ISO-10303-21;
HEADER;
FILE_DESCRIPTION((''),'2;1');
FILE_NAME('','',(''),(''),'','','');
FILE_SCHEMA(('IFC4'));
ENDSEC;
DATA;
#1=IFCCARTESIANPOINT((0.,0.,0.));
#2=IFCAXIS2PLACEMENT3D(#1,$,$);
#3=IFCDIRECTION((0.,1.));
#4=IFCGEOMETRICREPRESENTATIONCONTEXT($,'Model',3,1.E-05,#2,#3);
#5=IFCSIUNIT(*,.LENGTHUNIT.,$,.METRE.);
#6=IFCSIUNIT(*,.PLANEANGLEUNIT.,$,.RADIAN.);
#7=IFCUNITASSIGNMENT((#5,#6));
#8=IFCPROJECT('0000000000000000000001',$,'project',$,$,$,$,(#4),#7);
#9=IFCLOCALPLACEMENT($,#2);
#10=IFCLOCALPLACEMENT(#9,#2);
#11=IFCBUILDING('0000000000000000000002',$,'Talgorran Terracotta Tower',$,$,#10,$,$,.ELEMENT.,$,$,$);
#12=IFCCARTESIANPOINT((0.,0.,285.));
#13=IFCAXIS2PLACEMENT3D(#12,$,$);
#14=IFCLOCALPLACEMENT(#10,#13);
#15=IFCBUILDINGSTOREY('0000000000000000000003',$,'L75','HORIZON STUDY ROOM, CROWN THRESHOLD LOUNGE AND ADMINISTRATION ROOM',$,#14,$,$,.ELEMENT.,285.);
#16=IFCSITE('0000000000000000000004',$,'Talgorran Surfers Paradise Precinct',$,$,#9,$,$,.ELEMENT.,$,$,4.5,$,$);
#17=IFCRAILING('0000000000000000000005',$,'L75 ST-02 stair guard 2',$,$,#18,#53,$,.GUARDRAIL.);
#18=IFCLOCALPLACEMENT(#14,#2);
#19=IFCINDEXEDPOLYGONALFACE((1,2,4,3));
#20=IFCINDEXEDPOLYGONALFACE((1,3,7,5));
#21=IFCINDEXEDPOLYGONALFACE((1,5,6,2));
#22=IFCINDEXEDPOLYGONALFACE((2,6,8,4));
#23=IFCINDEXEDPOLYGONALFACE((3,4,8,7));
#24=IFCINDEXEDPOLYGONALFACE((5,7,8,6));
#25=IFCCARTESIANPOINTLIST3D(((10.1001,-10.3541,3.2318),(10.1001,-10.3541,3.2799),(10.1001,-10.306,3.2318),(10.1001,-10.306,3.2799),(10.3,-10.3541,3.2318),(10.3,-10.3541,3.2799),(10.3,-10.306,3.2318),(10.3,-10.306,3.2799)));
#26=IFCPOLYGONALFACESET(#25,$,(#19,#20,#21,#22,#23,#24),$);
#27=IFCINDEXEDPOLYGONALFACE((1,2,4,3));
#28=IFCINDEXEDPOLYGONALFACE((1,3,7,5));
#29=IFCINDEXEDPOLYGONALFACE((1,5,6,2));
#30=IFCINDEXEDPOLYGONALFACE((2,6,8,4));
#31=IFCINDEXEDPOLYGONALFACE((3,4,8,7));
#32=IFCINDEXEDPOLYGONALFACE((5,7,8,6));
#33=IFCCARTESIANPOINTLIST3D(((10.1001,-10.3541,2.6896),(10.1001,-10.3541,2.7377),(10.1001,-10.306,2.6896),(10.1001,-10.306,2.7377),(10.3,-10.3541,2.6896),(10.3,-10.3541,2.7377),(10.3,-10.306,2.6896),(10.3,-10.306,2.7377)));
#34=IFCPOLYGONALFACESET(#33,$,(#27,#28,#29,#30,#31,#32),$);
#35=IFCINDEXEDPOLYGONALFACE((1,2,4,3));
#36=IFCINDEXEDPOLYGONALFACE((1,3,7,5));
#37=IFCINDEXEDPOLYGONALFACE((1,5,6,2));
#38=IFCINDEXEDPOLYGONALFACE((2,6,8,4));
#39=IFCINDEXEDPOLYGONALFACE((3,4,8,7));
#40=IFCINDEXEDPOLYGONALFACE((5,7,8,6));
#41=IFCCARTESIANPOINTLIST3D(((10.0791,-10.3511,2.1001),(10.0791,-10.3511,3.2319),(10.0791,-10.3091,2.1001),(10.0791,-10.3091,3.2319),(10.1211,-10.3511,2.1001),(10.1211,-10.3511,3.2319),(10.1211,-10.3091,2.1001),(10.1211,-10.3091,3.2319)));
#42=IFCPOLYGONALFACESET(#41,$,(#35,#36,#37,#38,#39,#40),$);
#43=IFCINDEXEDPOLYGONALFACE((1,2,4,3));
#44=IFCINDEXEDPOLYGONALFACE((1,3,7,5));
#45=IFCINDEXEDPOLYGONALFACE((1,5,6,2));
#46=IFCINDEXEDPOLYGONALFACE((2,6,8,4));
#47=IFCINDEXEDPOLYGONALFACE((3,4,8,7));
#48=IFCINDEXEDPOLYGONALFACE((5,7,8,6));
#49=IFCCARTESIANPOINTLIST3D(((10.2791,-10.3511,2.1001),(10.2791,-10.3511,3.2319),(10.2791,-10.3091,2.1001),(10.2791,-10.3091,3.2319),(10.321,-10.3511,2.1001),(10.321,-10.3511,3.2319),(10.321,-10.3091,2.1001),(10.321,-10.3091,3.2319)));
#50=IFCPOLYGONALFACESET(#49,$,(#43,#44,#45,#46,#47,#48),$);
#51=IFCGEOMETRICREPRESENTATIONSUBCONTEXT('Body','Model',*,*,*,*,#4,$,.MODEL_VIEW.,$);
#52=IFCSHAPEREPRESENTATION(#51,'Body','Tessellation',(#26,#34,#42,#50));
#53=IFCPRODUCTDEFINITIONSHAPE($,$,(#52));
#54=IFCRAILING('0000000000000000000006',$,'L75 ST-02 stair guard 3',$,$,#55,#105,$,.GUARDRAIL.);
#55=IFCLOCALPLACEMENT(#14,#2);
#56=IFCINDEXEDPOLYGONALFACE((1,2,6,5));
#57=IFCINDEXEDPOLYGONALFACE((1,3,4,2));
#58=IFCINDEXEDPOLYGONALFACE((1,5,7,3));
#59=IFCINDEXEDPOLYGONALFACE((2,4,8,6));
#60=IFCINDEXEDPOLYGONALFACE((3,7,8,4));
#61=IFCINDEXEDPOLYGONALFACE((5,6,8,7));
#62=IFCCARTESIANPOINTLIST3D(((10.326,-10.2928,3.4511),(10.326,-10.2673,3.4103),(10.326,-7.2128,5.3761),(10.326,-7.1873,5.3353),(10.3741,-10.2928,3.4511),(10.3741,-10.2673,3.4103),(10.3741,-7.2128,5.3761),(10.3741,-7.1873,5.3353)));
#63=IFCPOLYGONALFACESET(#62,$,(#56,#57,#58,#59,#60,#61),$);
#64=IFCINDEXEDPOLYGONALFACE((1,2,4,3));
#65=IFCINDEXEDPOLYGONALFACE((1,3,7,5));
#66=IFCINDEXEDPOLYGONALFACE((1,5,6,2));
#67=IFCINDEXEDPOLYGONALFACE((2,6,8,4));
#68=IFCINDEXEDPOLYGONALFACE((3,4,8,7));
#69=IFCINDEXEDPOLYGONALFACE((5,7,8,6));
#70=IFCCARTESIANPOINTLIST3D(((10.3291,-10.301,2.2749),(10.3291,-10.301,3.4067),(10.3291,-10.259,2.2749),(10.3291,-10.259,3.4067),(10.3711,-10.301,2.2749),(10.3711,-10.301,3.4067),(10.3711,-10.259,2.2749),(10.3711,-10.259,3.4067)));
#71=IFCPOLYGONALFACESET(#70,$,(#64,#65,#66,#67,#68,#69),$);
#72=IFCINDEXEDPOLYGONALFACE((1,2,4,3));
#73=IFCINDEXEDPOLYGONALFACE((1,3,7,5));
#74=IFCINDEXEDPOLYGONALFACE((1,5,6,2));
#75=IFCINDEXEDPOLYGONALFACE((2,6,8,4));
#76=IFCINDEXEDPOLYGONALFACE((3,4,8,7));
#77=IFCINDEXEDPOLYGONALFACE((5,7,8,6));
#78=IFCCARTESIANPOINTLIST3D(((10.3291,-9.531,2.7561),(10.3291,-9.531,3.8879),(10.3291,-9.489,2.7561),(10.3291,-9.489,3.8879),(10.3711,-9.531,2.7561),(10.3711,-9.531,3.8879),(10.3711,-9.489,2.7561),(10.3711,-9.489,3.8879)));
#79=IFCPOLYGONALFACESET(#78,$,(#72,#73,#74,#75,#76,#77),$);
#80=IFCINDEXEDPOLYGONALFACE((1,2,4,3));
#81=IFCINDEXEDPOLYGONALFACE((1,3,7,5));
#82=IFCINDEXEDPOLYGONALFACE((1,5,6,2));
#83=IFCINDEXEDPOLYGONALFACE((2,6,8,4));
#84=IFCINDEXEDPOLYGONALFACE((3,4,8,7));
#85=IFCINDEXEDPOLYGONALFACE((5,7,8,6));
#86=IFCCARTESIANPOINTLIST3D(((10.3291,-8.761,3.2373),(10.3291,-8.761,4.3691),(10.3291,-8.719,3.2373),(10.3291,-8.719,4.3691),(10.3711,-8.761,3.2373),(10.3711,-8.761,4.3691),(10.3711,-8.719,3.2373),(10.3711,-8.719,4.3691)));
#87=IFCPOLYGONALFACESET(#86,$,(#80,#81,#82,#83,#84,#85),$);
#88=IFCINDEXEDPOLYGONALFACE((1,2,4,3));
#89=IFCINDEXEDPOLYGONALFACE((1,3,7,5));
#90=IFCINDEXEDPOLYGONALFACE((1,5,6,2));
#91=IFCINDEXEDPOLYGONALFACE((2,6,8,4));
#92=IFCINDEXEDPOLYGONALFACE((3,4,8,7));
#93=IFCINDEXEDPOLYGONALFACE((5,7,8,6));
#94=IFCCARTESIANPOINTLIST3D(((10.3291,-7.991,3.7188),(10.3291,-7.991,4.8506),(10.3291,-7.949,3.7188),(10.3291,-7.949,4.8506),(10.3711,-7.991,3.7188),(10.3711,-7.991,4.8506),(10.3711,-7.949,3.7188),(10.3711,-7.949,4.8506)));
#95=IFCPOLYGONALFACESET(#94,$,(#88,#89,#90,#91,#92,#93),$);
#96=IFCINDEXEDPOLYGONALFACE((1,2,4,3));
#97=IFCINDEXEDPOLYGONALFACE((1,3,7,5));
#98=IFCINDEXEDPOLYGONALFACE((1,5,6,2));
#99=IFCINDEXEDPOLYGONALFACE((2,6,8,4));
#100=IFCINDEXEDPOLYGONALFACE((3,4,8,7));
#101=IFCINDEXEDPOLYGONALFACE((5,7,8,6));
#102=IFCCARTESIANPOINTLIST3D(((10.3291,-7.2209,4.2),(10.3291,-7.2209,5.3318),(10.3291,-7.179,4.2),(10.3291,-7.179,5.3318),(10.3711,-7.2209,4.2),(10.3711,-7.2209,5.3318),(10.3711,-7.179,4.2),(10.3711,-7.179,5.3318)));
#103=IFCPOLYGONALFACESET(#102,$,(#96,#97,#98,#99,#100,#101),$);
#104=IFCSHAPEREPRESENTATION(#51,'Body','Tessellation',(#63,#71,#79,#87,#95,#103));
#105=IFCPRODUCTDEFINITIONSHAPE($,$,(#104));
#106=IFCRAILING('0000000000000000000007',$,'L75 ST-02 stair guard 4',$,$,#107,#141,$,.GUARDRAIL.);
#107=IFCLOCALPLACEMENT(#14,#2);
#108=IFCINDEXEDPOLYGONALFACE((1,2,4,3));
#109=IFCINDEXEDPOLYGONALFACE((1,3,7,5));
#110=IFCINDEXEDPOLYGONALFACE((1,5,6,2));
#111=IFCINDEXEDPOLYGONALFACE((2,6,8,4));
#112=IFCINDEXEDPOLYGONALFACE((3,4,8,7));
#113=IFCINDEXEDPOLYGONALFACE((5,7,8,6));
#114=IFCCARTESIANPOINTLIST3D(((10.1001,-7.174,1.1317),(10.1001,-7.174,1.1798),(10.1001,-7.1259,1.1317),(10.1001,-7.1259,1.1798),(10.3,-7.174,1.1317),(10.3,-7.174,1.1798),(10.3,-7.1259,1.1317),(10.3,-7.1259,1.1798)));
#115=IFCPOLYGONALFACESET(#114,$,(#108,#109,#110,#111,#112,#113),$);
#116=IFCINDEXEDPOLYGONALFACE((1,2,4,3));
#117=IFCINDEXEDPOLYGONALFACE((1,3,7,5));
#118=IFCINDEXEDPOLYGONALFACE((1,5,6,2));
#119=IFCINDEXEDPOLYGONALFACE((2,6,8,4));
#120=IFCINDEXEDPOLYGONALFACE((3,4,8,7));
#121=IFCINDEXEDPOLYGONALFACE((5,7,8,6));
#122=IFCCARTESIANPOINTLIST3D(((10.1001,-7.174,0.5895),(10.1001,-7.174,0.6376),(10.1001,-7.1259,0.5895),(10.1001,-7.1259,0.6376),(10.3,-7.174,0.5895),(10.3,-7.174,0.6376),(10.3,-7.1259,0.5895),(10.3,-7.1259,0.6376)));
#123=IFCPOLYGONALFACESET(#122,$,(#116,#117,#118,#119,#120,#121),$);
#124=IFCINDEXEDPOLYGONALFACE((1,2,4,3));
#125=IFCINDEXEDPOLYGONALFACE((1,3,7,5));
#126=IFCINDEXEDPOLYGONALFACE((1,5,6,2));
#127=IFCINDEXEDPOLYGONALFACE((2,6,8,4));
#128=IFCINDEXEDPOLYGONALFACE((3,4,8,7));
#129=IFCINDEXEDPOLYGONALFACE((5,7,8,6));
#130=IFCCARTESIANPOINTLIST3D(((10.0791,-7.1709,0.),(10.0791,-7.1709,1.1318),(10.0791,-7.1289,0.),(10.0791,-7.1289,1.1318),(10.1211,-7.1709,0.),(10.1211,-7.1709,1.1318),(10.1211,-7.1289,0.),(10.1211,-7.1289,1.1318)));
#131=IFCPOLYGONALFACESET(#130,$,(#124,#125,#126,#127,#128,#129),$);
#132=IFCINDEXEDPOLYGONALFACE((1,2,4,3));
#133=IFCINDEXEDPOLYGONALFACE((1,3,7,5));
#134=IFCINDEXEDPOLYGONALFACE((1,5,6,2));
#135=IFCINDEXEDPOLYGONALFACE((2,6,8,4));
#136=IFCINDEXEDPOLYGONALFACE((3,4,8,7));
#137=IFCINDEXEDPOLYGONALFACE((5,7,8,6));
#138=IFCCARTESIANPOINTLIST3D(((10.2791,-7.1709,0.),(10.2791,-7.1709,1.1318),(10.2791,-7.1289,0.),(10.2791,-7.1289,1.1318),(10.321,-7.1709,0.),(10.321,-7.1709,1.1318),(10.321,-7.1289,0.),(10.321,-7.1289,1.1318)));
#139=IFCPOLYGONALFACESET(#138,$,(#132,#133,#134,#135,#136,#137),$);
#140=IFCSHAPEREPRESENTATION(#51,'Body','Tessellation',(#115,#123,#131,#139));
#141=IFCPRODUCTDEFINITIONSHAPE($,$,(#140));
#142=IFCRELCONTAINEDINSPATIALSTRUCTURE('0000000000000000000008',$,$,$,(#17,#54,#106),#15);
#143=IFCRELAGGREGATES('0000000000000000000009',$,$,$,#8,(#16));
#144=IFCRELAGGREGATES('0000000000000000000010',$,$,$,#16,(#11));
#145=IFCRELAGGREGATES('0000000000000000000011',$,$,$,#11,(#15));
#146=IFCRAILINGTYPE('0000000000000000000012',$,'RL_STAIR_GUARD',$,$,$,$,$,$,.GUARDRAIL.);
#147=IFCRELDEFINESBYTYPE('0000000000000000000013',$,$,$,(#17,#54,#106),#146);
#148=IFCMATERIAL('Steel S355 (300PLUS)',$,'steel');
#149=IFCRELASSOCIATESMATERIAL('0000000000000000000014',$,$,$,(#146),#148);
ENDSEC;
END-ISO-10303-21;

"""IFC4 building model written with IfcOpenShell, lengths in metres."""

from ifc_helpers import new_model, si_unit, direction, frame, origin, origin_2d, place, context, subcontext, project, spatial, rectangle, extrude, material, type_object, element, save


model = new_model("IFC4")

# Units and contexts
model_context = context("Model", 3, precision=1e-05, world=origin(), true_north=direction((0.0, 1.0)))
body_context = subcontext(model_context, "Body", "Model", "MODEL_VIEW")
ifc_project = project(units=[si_unit("LENGTHUNIT", "METRE"), si_unit("PLANEANGLEUNIT", "RADIAN")], contexts=[model_context])

# Site, building, storey
site_placement = place(None, origin())
site = spatial("IfcSite", under=ifc_project, at=site_placement, Name="Talgorran Surfers Paradise Precinct", CompositionType="ELEMENT", RefElevation=4.5)
building_placement = place(site_placement, origin())
building = spatial("IfcBuilding", under=site, at=building_placement, Name="Talgorran Terracotta Tower", CompositionType="ELEMENT")
storey_placement = place(building_placement, frame((0.0, 0.0, 285.0)))
storey = spatial("IfcBuildingStorey", under=building, at=storey_placement, Name="L75", Description="HORIZON STUDY ROOM, CROWN THRESHOLD LOUNGE AND ADMINISTRATION ROOM", CompositionType="ELEMENT", Elevation=285.0)

# Shared definitions
ifc_material_1 = material(Name="Steel S355 (300PLUS)", Category="steel")

# Railings
railing_type_1 = type_object("IfcRailingType", Name="RL_STAIR_GUARD", PredefinedType="GUARDRAIL", material=ifc_material_1)
railing_1_placement = place(storey_placement, frame((10.1001, -10.3301, 2.1001)))
element("IfcRailing", 1, at=railing_1_placement, inside=storey, type_object=railing_type_1, Name="L75 ST-02 stair guard 2", PredefinedType="GUARDRAIL", context=body_context, shape_type="SweptSolid", body=[
    extrude(rectangle(XDim=0.0481, YDim=0.0481, at=origin_2d()), frame((0.0, 0.0, 1.1558), z_axis=(1.0, 0.0, 0.0), x_axis=(0.0, 1.0, 0.0)), (0.0, 0.0, 1.0), 0.2),
    extrude(rectangle(XDim=0.0481, YDim=0.0481, at=origin_2d()), frame((0.0, 0.0, 0.6135), z_axis=(1.0, 0.0, 0.0), x_axis=(0.0, 1.0, 0.0)), (0.0, 0.0, 1.0), 0.2),
    extrude(rectangle(XDim=0.042, YDim=0.042, at=origin_2d()), origin(), (0.0, 0.0, 1.0), 1.1318),
    extrude(rectangle(XDim=0.042, YDim=0.042, at=origin_2d()), frame((0.2, 0.0, 0.0)), (0.0, 0.0, 1.0), 1.1318),
])
railing_2_placement = place(storey_placement, frame((10.3501, -10.28, 2.2749)))
element("IfcRailing", 2, at=railing_2_placement, inside=storey, type_object=railing_type_1, Name="L75 ST-02 stair guard 3", PredefinedType="GUARDRAIL", context=body_context, shape_type="SweptSolid", body=[
    extrude(rectangle(XDim=0.0481, YDim=0.0481, at=origin_2d()), frame((0.0, 0.0, 1.1558), z_axis=(0.0, 0.847998, 0.529999), x_axis=(-1.0, 0.0, 0.0)), (0.0, 0.0, 1.0), 3.6321),
    extrude(rectangle(XDim=0.042, YDim=0.042, at=origin_2d()), origin(), (0.0, 0.0, 1.0), 1.1318),
    extrude(rectangle(XDim=0.042, YDim=0.042, at=origin_2d()), frame((0.0, 0.77, 0.4812)), (0.0, 0.0, 1.0), 1.1318),
    extrude(rectangle(XDim=0.042, YDim=0.042, at=origin_2d()), frame((0.0, 1.54, 0.9624)), (0.0, 0.0, 1.0), 1.1318),
    extrude(rectangle(XDim=0.042, YDim=0.042, at=origin_2d()), frame((0.0, 2.3101, 1.4438)), (0.0, 0.0, 1.0), 1.1318),
    extrude(rectangle(XDim=0.042, YDim=0.042, at=origin_2d()), frame((0.0, 3.0801, 1.925)), (0.0, 0.0, 1.0), 1.1318),
])
railing_3_placement = place(storey_placement, frame((10.1001, -7.1499, 0.0)))
element("IfcRailing", 3, at=railing_3_placement, inside=storey, type_object=railing_type_1, Name="L75 ST-02 stair guard 4", PredefinedType="GUARDRAIL", context=body_context, shape_type="SweptSolid", body=[
    extrude(rectangle(XDim=0.0481, YDim=0.0481, at=origin_2d()), frame((0.0, 0.0, 1.1558), z_axis=(1.0, 0.0, 0.0), x_axis=(0.0, 1.0, 0.0)), (0.0, 0.0, 1.0), 0.2),
    extrude(rectangle(XDim=0.0481, YDim=0.0481, at=origin_2d()), frame((0.0, 0.0, 0.6135), z_axis=(1.0, 0.0, 0.0), x_axis=(0.0, 1.0, 0.0)), (0.0, 0.0, 1.0), 0.2),
    extrude(rectangle(XDim=0.042, YDim=0.042, at=origin_2d()), origin(), (0.0, 0.0, 1.0), 1.1318),
    extrude(rectangle(XDim=0.042, YDim=0.042, at=origin_2d()), frame((0.2, 0.0, 0.0)), (0.0, 0.0, 1.0), 1.1318),
])

save(model, "model.ifc")
